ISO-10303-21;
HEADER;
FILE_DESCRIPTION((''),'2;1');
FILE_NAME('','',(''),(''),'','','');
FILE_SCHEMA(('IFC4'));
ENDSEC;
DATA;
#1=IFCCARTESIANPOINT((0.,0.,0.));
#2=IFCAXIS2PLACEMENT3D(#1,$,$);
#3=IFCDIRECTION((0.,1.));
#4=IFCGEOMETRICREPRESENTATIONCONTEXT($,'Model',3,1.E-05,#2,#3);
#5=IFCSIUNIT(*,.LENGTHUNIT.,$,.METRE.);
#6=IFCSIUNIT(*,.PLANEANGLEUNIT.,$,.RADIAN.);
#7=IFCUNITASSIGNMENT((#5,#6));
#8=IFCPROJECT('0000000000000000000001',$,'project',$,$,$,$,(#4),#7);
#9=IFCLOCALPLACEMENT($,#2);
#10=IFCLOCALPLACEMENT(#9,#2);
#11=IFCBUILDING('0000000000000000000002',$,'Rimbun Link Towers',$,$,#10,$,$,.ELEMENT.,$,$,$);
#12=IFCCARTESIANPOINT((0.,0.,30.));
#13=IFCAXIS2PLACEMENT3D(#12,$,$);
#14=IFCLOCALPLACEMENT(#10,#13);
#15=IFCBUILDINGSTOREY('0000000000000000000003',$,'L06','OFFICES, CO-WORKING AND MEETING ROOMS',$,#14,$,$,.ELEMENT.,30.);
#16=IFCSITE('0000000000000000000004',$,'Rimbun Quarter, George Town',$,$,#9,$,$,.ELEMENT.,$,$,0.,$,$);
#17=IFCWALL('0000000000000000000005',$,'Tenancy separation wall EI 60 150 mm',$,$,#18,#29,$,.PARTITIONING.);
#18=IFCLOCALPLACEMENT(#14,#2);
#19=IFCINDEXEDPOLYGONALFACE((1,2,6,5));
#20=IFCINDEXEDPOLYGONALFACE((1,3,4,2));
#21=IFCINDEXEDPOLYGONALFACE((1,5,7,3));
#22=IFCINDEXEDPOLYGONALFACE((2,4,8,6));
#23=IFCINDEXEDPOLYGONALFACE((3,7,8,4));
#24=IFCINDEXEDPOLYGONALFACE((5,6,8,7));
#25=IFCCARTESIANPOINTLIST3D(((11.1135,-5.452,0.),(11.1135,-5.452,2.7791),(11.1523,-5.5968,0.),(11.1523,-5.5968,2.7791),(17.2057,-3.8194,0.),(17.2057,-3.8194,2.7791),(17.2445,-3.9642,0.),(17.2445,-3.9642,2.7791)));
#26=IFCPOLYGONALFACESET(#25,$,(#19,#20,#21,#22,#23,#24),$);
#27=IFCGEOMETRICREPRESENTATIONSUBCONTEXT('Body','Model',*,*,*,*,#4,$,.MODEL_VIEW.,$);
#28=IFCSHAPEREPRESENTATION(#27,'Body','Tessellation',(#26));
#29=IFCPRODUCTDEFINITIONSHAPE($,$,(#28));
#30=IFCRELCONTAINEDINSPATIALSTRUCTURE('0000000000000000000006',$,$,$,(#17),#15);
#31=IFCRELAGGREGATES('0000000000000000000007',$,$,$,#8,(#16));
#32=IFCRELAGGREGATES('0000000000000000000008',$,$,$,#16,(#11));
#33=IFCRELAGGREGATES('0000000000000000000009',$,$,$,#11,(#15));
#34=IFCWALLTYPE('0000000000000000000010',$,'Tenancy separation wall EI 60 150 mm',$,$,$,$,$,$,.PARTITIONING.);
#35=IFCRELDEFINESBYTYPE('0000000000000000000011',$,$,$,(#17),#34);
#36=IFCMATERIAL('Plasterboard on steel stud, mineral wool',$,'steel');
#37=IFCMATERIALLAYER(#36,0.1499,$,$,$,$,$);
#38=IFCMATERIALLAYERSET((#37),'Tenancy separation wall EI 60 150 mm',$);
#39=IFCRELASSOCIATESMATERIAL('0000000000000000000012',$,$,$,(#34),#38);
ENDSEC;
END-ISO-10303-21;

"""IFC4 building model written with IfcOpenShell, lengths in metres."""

from ifc_helpers import new_model, si_unit, direction, frame, frame_2d, origin, place, context, subcontext, project, spatial, rectangle, extrude, material, layer, layer_set, type_object, element, save


model = new_model("IFC4")

# Units and contexts
model_context = context("Model", 3, precision=1e-05, world=origin(), true_north=direction((0.0, 1.0)))
body_context = subcontext(model_context, "Body", "Model", "MODEL_VIEW")
ifc_project = project(units=[si_unit("LENGTHUNIT", "METRE"), si_unit("PLANEANGLEUNIT", "RADIAN")], contexts=[model_context])

# Site, building, storey
site_placement = place(None, origin())
site = spatial("IfcSite", under=ifc_project, at=site_placement, Name="Rimbun Quarter, George Town", CompositionType="ELEMENT", RefElevation=0.0)
building_placement = place(site_placement, origin())
building = spatial("IfcBuilding", under=site, at=building_placement, Name="Rimbun Link Towers", CompositionType="ELEMENT")
storey_placement = place(building_placement, frame((0.0, 0.0, 30.0)))
storey = spatial("IfcBuildingStorey", under=building, at=storey_placement, Name="L06", Description="OFFICES, CO-WORKING AND MEETING ROOMS", CompositionType="ELEMENT", Elevation=30.0)

# Wall
ifc_material_1 = material(Name="Plasterboard on steel stud, mineral wool", Category="steel")
ifc_layer_1 = layer(ifc_material_1, 0.1499)
ifc_layer_set_1 = layer_set([ifc_layer_1], Name="Tenancy separation wall EI 60 150 mm")
wall_type_1 = type_object("IfcWallType", Name="Tenancy separation wall EI 60 150 mm", PredefinedType="PARTITIONING", material=ifc_layer_set_1)
wall_1_placement = place(storey_placement, frame((17.2251, -3.8918, 0.0), z_axis=(0.0, 0.0, 1.0), x_axis=(-0.96592, -0.258841, 0.0)))
element("IfcWall", 1, at=wall_1_placement, inside=storey, type_object=wall_type_1, Name="Tenancy separation wall EI 60 150 mm", PredefinedType="PARTITIONING", context=body_context, shape_type="SweptSolid", body=[
    extrude(rectangle(XDim=6.3071, YDim=0.1499, at=frame_2d((3.1536, 0.0))), origin(), (0.0, 0.0, 1.0), 2.7791),
])

save(model, "model.ifc")
